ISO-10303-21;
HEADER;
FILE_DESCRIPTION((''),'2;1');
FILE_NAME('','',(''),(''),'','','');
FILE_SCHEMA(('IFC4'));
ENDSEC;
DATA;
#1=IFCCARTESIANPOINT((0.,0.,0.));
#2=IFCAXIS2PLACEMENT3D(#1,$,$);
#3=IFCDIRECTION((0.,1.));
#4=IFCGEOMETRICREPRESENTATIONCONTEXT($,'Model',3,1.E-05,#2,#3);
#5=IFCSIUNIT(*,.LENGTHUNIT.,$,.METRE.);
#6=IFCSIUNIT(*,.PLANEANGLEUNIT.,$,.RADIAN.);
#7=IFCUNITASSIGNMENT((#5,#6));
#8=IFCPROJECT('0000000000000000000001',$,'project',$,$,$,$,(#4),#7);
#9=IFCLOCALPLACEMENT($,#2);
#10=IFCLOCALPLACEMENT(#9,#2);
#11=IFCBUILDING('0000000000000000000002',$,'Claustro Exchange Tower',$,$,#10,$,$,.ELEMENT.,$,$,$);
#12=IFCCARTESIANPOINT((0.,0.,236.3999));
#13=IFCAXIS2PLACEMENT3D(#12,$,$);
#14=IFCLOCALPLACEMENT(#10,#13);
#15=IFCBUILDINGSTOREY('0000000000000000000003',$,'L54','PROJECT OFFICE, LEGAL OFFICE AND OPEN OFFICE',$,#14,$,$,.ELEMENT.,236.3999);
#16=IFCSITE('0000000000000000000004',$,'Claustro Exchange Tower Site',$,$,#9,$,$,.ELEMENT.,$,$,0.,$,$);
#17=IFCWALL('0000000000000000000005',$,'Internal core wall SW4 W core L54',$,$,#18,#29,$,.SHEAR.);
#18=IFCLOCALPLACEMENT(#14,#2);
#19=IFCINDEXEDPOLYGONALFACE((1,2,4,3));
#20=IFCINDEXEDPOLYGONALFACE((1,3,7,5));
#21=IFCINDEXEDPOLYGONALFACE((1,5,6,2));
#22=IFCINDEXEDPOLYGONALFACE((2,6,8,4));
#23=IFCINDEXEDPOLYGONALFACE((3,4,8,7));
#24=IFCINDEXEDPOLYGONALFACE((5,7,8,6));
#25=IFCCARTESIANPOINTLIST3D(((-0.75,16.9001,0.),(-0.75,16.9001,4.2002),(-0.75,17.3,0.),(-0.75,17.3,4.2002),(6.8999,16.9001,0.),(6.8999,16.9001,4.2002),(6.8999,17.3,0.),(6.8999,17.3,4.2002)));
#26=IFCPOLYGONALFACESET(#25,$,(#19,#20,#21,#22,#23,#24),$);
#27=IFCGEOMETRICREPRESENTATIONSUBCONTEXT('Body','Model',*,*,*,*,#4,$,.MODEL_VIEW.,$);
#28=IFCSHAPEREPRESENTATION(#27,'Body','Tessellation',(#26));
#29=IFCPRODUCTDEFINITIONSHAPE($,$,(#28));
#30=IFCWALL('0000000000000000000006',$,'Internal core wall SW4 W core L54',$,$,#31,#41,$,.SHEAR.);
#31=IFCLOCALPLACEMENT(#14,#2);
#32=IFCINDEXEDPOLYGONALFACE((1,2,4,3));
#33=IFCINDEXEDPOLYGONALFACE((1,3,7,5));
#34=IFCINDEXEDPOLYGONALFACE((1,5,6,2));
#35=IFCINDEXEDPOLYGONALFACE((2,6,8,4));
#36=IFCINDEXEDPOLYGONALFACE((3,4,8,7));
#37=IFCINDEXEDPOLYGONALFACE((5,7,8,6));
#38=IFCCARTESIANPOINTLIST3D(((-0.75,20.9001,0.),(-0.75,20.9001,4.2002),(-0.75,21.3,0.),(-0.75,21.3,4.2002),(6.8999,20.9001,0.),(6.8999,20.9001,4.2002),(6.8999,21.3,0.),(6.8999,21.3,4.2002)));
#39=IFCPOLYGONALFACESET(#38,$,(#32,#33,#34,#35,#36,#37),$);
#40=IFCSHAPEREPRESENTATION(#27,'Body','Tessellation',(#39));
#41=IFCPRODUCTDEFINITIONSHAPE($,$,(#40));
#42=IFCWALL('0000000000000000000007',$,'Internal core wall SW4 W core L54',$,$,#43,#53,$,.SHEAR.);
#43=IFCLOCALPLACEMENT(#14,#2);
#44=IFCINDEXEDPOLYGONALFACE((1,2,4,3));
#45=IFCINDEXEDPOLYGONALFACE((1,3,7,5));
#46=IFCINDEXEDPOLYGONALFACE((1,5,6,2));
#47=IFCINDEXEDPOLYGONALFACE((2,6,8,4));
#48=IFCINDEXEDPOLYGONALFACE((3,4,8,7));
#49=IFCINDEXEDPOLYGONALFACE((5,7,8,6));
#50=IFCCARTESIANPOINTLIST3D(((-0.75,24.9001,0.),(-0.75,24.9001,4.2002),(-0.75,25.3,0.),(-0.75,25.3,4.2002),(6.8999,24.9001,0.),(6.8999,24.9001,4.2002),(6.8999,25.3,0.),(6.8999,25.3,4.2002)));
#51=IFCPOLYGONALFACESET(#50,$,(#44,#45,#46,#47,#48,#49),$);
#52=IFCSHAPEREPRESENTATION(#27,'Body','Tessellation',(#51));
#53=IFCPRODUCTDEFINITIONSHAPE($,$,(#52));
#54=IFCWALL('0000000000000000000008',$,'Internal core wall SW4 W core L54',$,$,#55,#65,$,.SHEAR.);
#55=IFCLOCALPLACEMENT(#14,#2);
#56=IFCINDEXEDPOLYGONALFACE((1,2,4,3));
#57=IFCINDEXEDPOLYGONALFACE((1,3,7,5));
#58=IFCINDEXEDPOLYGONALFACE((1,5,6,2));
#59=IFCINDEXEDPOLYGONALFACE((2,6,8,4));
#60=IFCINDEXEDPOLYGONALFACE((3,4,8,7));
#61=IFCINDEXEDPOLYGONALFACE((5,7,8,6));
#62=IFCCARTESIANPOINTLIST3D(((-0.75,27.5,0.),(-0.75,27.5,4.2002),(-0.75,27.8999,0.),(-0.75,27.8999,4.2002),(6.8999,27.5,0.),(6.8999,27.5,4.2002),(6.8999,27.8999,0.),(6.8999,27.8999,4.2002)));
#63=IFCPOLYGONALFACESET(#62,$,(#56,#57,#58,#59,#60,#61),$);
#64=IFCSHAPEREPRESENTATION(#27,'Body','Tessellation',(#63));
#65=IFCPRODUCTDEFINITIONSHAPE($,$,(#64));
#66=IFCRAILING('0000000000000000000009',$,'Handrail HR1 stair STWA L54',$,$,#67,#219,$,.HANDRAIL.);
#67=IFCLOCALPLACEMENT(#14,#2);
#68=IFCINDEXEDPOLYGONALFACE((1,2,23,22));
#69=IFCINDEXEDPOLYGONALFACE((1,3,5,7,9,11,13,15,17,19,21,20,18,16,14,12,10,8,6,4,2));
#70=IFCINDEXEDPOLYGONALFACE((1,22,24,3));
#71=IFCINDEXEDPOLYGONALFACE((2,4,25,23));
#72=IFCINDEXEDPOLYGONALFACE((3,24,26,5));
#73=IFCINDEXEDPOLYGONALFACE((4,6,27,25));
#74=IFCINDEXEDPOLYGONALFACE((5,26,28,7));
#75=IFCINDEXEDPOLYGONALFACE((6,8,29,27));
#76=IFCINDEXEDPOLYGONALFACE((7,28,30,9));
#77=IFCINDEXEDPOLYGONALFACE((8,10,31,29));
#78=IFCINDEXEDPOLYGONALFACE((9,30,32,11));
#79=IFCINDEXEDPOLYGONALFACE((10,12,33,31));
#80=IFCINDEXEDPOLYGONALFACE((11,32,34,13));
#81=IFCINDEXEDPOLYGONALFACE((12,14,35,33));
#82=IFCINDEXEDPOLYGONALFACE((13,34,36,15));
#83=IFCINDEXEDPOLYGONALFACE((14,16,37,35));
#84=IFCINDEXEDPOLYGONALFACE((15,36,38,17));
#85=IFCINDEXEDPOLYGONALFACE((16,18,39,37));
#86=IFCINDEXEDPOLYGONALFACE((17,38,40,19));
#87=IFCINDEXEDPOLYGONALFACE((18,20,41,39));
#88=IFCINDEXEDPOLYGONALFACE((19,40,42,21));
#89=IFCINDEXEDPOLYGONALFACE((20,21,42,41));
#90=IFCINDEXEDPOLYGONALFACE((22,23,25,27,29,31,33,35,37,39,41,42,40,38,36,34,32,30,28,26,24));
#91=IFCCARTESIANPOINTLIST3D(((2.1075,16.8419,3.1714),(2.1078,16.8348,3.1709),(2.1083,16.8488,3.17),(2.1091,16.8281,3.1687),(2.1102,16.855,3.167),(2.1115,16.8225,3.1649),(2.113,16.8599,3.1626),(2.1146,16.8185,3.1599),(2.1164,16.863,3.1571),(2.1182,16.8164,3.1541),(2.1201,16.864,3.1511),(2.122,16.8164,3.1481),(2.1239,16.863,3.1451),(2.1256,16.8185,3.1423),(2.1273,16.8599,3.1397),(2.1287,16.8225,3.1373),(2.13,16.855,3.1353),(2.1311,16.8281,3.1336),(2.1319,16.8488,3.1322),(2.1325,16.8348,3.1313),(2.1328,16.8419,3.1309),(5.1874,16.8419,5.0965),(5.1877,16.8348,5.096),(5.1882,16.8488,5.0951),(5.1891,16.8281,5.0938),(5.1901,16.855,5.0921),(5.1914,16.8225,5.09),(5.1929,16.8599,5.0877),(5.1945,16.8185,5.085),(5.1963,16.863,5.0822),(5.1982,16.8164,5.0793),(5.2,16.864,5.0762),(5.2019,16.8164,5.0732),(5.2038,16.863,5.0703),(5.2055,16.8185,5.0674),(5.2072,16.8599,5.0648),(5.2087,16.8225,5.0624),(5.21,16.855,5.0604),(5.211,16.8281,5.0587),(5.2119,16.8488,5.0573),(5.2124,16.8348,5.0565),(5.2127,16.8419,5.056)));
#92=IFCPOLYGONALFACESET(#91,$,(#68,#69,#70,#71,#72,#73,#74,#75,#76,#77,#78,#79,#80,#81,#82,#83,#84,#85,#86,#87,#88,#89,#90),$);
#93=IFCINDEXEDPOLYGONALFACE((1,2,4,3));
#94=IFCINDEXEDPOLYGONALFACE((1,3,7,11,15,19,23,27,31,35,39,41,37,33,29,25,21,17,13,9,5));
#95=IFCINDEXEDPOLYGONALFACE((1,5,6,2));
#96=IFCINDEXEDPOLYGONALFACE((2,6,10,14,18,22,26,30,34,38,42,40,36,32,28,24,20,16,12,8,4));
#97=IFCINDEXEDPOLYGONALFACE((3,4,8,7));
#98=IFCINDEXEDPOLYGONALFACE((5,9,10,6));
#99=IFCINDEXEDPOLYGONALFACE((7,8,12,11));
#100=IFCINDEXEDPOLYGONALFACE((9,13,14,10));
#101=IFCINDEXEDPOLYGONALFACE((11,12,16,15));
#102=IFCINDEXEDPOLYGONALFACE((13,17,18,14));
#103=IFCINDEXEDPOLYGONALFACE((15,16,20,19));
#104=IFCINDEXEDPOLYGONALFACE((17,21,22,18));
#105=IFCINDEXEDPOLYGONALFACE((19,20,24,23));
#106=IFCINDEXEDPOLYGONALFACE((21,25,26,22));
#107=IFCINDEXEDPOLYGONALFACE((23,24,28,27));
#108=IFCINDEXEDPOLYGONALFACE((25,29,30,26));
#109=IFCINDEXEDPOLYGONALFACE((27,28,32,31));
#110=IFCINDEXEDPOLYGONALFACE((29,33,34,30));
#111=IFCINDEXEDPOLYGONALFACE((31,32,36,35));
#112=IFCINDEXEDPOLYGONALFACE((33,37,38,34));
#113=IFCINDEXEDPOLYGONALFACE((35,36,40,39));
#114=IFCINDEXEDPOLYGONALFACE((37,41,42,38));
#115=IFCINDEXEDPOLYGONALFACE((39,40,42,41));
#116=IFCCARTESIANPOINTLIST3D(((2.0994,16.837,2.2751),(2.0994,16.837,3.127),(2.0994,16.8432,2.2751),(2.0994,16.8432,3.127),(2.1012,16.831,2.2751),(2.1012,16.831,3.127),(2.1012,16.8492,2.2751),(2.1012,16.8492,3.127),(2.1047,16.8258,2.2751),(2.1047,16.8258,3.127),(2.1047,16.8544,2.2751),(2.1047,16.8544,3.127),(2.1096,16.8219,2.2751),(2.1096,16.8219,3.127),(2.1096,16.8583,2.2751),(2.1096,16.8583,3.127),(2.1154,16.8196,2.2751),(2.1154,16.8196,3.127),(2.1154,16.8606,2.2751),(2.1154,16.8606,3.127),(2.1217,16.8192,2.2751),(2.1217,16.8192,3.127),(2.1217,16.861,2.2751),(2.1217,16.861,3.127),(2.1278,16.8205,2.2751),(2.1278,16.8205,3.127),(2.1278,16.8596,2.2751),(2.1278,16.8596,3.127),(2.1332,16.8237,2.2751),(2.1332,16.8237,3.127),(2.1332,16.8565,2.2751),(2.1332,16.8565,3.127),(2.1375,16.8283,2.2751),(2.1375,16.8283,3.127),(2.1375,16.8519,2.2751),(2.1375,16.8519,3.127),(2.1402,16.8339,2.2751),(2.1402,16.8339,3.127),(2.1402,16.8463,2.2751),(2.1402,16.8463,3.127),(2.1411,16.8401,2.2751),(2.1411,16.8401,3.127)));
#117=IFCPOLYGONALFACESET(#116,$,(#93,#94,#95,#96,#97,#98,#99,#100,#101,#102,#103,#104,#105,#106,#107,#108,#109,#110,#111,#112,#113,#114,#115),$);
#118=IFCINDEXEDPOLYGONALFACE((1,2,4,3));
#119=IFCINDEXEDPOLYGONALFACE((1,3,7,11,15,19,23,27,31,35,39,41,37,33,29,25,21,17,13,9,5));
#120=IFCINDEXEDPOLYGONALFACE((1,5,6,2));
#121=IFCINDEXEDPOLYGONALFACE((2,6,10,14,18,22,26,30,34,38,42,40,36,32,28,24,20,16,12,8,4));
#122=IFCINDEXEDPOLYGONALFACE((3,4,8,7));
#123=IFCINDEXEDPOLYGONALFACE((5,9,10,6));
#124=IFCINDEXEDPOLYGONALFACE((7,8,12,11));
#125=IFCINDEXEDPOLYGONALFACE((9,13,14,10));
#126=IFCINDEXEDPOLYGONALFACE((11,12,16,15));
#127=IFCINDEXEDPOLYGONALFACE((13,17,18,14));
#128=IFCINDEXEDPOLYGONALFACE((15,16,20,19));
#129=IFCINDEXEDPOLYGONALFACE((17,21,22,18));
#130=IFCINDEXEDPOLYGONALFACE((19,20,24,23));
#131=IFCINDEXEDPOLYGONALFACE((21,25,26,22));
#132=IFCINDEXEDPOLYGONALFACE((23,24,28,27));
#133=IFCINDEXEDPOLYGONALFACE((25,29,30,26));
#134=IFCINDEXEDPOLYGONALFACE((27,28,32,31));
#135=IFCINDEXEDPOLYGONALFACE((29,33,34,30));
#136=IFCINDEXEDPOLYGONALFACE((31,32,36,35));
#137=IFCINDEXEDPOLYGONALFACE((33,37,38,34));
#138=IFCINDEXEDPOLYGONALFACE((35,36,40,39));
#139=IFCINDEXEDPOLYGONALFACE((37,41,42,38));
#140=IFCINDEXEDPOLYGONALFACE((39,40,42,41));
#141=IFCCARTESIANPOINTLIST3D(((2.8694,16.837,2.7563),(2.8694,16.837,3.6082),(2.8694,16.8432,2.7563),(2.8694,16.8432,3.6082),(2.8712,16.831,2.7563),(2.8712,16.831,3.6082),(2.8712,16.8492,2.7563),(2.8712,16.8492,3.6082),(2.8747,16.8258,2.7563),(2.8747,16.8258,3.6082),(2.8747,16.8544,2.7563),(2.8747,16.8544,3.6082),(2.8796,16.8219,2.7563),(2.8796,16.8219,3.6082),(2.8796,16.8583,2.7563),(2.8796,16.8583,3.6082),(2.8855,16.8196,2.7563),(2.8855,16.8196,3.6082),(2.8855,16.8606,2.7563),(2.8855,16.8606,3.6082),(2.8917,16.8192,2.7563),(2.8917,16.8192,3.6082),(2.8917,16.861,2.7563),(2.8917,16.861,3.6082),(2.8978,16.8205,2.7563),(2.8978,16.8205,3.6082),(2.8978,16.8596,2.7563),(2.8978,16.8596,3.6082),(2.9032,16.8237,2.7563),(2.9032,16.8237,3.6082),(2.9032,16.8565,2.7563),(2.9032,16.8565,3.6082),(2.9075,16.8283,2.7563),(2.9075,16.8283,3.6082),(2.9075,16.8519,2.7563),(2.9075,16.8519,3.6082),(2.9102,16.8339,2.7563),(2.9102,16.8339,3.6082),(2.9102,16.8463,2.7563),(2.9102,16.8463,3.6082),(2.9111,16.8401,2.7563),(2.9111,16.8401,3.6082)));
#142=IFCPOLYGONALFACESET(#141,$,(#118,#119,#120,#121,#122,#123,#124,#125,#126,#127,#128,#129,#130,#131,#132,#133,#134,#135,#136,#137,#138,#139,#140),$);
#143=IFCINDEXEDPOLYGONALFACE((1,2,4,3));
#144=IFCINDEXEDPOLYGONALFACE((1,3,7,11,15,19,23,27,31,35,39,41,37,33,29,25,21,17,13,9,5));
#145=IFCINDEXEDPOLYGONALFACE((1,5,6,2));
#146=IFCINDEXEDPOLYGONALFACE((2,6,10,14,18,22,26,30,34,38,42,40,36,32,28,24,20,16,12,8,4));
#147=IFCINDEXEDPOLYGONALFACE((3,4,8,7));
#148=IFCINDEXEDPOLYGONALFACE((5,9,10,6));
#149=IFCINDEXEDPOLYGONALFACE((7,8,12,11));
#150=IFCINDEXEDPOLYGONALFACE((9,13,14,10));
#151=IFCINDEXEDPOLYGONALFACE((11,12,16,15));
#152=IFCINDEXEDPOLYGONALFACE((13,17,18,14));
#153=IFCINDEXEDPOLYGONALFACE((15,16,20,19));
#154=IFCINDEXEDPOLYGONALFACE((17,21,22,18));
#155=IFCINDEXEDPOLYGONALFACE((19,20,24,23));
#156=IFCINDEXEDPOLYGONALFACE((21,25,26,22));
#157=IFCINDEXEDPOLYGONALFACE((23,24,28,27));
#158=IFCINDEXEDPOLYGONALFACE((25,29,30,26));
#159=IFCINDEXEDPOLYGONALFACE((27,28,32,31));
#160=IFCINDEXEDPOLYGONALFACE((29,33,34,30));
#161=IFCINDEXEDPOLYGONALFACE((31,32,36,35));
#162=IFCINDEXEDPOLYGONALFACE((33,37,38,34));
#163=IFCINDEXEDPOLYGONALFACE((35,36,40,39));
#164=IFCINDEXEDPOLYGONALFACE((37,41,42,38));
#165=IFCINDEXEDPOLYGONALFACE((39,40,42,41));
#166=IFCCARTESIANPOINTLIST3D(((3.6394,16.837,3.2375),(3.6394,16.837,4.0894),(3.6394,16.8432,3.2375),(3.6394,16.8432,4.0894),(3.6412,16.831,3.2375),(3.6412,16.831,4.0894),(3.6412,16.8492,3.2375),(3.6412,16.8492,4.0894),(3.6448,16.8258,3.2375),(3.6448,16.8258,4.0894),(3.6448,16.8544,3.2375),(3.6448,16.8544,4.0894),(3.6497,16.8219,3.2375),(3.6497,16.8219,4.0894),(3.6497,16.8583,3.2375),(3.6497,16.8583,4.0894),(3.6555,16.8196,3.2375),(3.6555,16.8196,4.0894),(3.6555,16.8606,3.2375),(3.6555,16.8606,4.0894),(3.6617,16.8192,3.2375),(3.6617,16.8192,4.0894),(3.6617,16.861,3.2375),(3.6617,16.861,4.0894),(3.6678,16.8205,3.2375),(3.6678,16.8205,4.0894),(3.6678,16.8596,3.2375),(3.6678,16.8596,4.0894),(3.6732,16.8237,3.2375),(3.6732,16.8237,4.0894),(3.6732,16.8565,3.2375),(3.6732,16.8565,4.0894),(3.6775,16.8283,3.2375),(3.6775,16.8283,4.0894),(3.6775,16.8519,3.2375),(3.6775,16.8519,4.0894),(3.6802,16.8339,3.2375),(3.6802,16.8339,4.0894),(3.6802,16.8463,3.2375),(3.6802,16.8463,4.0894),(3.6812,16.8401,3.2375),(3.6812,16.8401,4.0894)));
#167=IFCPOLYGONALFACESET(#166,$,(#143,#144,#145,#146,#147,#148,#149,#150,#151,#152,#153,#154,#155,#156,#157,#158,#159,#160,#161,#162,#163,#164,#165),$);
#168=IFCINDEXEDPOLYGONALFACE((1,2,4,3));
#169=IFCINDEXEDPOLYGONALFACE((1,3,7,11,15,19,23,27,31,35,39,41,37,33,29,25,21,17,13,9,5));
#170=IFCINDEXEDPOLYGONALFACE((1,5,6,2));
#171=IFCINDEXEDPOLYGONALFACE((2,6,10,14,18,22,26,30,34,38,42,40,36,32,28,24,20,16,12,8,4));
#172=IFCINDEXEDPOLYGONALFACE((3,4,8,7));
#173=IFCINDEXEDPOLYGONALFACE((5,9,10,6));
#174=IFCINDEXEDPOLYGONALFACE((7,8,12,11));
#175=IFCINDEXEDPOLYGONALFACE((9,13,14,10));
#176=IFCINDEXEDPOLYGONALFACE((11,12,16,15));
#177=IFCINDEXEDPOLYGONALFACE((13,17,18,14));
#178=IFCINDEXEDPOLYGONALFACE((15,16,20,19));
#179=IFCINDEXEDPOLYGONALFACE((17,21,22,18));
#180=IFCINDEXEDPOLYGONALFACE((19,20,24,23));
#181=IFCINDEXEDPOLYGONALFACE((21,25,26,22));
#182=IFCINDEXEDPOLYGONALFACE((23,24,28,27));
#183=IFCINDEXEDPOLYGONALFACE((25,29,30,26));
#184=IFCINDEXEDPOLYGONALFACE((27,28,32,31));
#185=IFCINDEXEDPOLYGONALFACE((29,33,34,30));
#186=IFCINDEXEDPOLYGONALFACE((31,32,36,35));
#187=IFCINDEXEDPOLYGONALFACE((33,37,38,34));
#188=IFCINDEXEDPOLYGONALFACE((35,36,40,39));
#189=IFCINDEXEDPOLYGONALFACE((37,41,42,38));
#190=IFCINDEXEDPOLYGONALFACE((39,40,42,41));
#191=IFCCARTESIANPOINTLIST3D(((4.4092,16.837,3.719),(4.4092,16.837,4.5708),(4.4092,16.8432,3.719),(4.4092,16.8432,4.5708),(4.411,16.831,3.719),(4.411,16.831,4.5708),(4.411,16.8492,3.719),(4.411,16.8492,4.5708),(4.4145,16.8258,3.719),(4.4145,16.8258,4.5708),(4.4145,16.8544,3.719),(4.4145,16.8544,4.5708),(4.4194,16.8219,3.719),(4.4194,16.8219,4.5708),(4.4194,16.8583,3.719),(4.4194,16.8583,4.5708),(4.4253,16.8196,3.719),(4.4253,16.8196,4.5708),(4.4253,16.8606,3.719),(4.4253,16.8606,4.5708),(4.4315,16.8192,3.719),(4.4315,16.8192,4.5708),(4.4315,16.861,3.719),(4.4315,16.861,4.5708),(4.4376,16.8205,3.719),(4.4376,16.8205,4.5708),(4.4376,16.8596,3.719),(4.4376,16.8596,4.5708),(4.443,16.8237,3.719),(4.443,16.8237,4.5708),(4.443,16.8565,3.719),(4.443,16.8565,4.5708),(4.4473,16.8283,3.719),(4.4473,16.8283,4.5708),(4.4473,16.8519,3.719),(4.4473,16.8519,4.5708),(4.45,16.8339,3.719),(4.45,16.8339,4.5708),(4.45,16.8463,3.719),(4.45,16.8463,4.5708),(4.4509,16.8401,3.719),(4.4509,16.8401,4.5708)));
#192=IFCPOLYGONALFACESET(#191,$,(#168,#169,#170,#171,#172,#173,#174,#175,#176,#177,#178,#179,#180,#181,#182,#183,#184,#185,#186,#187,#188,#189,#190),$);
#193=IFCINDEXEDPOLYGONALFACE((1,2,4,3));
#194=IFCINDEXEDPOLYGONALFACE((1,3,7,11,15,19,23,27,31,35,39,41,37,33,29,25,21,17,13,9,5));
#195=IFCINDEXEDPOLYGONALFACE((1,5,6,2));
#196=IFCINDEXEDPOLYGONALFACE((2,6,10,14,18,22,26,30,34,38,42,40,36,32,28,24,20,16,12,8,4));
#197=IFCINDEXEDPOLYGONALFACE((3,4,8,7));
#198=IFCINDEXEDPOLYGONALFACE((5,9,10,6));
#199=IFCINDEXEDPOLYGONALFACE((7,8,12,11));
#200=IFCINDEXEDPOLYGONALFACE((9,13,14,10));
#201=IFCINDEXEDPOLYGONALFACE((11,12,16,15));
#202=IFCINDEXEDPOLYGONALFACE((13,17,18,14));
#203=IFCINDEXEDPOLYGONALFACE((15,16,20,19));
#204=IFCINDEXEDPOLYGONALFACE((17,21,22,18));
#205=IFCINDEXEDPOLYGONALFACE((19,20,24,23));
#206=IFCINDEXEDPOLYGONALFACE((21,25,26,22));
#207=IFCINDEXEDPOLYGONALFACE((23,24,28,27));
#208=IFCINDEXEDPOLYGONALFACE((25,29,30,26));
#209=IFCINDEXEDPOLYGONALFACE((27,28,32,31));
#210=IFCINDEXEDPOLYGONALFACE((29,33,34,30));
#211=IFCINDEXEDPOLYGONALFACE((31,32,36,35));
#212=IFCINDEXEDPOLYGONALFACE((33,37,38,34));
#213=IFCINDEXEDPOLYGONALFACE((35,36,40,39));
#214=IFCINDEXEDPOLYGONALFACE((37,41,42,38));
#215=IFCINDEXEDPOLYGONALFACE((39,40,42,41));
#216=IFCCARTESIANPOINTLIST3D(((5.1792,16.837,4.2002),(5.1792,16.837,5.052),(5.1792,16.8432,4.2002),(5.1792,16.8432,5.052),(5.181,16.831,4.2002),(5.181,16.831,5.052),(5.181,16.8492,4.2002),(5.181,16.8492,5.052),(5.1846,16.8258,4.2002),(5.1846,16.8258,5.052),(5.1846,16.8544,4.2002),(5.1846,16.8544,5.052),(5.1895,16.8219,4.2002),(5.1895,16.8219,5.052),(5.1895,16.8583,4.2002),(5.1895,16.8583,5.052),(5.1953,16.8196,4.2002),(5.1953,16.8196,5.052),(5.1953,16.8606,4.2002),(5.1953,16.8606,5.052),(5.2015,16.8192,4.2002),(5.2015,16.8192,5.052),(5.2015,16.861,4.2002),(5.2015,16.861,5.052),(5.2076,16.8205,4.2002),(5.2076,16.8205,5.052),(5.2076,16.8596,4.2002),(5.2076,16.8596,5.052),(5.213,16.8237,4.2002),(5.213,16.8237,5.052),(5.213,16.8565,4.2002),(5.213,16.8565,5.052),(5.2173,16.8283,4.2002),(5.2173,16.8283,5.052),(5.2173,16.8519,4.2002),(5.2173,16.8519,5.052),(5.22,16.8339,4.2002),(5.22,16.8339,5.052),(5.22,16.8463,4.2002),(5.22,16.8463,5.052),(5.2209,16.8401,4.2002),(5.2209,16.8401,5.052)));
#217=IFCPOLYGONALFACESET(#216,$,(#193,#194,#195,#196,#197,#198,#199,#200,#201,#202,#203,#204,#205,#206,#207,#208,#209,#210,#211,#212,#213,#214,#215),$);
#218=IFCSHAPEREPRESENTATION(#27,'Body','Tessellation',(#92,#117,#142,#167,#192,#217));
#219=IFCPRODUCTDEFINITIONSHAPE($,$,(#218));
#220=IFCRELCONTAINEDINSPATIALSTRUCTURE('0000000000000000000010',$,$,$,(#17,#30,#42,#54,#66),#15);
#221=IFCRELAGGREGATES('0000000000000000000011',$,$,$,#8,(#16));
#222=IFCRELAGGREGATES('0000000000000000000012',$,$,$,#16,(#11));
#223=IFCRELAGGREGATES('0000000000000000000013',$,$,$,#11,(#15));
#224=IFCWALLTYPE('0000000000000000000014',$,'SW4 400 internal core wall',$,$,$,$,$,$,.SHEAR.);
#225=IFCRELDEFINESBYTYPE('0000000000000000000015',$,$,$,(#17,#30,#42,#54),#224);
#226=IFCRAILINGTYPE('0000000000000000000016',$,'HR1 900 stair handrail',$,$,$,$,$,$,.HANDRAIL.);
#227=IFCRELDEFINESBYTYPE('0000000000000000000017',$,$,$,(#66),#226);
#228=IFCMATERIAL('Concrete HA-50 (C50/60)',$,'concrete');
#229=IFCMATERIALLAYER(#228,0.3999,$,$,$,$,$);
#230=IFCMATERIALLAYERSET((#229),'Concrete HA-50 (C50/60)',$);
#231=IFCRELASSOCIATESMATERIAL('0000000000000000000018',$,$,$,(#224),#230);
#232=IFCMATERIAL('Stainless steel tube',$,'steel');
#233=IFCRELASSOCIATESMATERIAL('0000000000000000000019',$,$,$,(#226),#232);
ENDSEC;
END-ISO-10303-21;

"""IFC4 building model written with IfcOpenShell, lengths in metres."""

from ifc_helpers import new_model, si_unit, direction, frame, frame_2d, origin, origin_2d, place, context, subcontext, project, spatial, rectangle, circle, extrude, material, layer, layer_set, type_object, element, save


model = new_model("IFC4")

# Units and contexts
model_context = context("Model", 3, precision=1e-05, world=origin(), true_north=direction((0.0, 1.0)))
body_context = subcontext(model_context, "Body", "Model", "MODEL_VIEW")
ifc_project = project(units=[si_unit("LENGTHUNIT", "METRE"), si_unit("PLANEANGLEUNIT", "RADIAN")], contexts=[model_context])

# Site, building, storey
site_placement = place(None, origin())
site = spatial("IfcSite", under=ifc_project, at=site_placement, Name="Claustro Exchange Tower Site", CompositionType="ELEMENT", RefElevation=0.0)
building_placement = place(site_placement, origin())
building = spatial("IfcBuilding", under=site, at=building_placement, Name="Claustro Exchange Tower", CompositionType="ELEMENT")
storey_placement = place(building_placement, frame((0.0, 0.0, 236.3999)))
storey = spatial("IfcBuildingStorey", under=building, at=storey_placement, Name="L54", Description="PROJECT OFFICE, LEGAL OFFICE AND OPEN OFFICE", CompositionType="ELEMENT", Elevation=236.3999)

# Walls
ifc_material_1 = material(Name="Concrete HA-50 (C50/60)", Category="concrete")
ifc_layer_1 = layer(ifc_material_1, 0.3999)
ifc_layer_set_1 = layer_set([ifc_layer_1], Name="Concrete HA-50 (C50/60)")
wall_type_1 = type_object("IfcWallType", Name="SW4 400 internal core wall", PredefinedType="SHEAR", material=ifc_layer_set_1)
for number, where, z_axis, x_axis, name in (
    (1, (-0.75, 17.1001, 0.0), (0.0, 0.0, 1.0), (1.0, 0.0, 0.0), "Internal core wall SW4 W core L54"),
    (2, (-0.75, 21.1001, 0.0), (0.0, 0.0, 1.0), (1.0, 0.0, 0.0), "Internal core wall SW4 W core L54"),
    (3, (-0.75, 25.1001, 0.0), (0.0, 0.0, 1.0), (1.0, 0.0, 0.0), "Internal core wall SW4 W core L54"),
    (4, (-0.75, 27.7, 0.0), (0.0, 0.0, 1.0), (1.0, 0.0, 0.0), "Internal core wall SW4 W core L54"),
):
    element("IfcWall", number, at=place(storey_placement, frame(where, z_axis=z_axis, x_axis=x_axis)), inside=storey, type_object=wall_type_1, Name=name, PredefinedType="SHEAR", context=body_context, shape_type="SweptSolid", body=[
        extrude(rectangle(XDim=7.6499, YDim=0.3999, at=frame_2d((3.825, 0.0))), origin(), (0.0, 0.0, 1.0), 4.2002),
    ])

# Railing
ifc_material_2 = material(Name="Stainless steel tube", Category="steel")
railing_type = type_object("IfcRailingType", Name="HR1 900 stair handrail", PredefinedType="HANDRAIL", material=ifc_material_2)
railing_placement = place(storey_placement, frame((2.1201, 16.8401, 2.2751)))
element("IfcRailing", 5, at=railing_placement, inside=storey, type_object=railing_type, Name="Handrail HR1 stair STWA L54", PredefinedType="HANDRAIL", context=body_context, shape_type="SweptSolid", body=[
    extrude(circle(Radius=0.0239, at=origin_2d()), frame((0.0, 0.0, 0.876), z_axis=(0.847979, 0.0, 0.530029), x_axis=(0.0, 1.0, 0.0)), (0.0, 0.0, 1.0), 3.6321),
    extrude(circle(Radius=0.021, at=origin_2d()), origin(), (0.0, 0.0, 1.0), 0.8518),
    extrude(circle(Radius=0.021, at=origin_2d()), frame((0.77, 0.0, 0.4812)), (0.0, 0.0, 1.0), 0.8518),
    extrude(circle(Radius=0.021, at=origin_2d()), frame((1.54, 0.0, 0.9624)), (0.0, 0.0, 1.0), 0.8518),
    extrude(circle(Radius=0.021, at=origin_2d()), frame((2.3098, 0.0, 1.4438)), (0.0, 0.0, 1.0), 0.8518),
    extrude(circle(Radius=0.021, at=origin_2d()), frame((3.0798, 0.0, 1.925)), (0.0, 0.0, 1.0), 0.8518),
])

save(model, "model.ifc")
